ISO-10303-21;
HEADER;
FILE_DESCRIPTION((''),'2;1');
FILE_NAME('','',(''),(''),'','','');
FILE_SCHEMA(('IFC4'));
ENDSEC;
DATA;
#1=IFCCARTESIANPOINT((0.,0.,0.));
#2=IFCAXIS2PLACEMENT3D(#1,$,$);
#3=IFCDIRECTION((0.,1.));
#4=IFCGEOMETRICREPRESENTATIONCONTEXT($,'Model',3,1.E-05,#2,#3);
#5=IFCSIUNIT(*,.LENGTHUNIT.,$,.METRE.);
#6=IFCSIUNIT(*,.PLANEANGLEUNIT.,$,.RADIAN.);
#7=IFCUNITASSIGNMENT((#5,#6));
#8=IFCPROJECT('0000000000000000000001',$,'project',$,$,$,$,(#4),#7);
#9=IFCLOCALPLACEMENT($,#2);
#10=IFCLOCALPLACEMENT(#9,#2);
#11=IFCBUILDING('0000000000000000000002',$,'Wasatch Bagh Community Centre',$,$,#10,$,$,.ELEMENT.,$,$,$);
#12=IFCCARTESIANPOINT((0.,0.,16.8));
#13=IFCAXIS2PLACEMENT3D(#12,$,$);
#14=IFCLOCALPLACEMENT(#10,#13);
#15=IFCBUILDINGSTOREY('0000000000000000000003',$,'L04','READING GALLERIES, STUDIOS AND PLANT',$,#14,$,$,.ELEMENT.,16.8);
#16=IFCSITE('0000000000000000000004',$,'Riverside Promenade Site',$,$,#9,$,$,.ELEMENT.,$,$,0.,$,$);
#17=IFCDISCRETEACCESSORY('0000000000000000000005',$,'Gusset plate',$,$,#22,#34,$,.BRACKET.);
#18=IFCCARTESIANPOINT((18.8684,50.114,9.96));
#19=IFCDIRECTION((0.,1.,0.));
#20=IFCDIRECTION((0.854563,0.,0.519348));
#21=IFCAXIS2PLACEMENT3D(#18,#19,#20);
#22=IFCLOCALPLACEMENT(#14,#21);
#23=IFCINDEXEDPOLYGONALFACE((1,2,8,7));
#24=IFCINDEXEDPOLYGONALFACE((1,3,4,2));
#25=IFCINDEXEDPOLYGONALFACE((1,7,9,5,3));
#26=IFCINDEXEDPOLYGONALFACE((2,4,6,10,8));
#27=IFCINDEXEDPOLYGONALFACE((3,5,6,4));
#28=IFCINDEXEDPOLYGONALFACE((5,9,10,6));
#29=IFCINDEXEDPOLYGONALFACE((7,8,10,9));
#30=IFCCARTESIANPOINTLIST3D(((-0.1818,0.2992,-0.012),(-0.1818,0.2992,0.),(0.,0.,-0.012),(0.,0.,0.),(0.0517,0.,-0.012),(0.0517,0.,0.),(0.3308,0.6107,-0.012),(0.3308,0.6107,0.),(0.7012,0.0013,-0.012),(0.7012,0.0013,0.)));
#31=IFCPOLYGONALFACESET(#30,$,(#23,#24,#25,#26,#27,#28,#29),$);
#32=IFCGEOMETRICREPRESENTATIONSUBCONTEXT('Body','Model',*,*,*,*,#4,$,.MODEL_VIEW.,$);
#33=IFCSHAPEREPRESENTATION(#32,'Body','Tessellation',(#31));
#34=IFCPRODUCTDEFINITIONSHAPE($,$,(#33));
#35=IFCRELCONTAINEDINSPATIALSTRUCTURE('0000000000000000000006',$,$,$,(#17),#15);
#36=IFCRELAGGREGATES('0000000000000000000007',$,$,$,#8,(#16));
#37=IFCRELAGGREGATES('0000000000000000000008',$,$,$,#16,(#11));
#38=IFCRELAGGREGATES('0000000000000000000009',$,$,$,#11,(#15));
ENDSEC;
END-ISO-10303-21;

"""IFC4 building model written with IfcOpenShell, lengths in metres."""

from ifc_helpers import new_model, si_unit, direction, frame, origin, place, context, subcontext, project, spatial, polyline, outline, extrude, element, save


model = new_model("IFC4")

# Units and contexts
model_context = context("Model", 3, precision=1e-05, world=origin(), true_north=direction((0.0, 1.0)))
body_context = subcontext(model_context, "Body", "Model", "MODEL_VIEW")
ifc_project = project(units=[si_unit("LENGTHUNIT", "METRE"), si_unit("PLANEANGLEUNIT", "RADIAN")], contexts=[model_context])

# Site, building, storey
site_placement = place(None, origin())
site = spatial("IfcSite", under=ifc_project, at=site_placement, Name="Riverside Promenade Site", CompositionType="ELEMENT", RefElevation=0.0)
building_placement = place(site_placement, origin())
building = spatial("IfcBuilding", under=site, at=building_placement, Name="Wasatch Bagh Community Centre", CompositionType="ELEMENT")
storey_placement = place(building_placement, frame((0.0, 0.0, 16.8)))
storey = spatial("IfcBuildingStorey", under=building, at=storey_placement, Name="L04", Description="READING GALLERIES, STUDIOS AND PLANT", CompositionType="ELEMENT", Elevation=16.8)

# Discrete accessory
discrete_accessory_1_placement = place(storey_placement, frame((18.8684, 50.114, 9.96), z_axis=(0.0, 1.0, 0.0), x_axis=(0.854563, 0.0, 0.519348)))
element("IfcDiscreteAccessory", 1, at=discrete_accessory_1_placement, inside=storey, Name="Gusset plate", PredefinedType="BRACKET", context=body_context, shape_type="SweptSolid", body=[
    extrude(outline(polyline([(0.0, 0.0), (0.0517, 0.0), (0.7012, 0.0013), (0.3308, 0.6107), (-0.1818, 0.2992), (0.0, 0.0)])), origin(), (0.0, 0.0, -1.0), 0.012),
])

save(model, "model.ifc")
